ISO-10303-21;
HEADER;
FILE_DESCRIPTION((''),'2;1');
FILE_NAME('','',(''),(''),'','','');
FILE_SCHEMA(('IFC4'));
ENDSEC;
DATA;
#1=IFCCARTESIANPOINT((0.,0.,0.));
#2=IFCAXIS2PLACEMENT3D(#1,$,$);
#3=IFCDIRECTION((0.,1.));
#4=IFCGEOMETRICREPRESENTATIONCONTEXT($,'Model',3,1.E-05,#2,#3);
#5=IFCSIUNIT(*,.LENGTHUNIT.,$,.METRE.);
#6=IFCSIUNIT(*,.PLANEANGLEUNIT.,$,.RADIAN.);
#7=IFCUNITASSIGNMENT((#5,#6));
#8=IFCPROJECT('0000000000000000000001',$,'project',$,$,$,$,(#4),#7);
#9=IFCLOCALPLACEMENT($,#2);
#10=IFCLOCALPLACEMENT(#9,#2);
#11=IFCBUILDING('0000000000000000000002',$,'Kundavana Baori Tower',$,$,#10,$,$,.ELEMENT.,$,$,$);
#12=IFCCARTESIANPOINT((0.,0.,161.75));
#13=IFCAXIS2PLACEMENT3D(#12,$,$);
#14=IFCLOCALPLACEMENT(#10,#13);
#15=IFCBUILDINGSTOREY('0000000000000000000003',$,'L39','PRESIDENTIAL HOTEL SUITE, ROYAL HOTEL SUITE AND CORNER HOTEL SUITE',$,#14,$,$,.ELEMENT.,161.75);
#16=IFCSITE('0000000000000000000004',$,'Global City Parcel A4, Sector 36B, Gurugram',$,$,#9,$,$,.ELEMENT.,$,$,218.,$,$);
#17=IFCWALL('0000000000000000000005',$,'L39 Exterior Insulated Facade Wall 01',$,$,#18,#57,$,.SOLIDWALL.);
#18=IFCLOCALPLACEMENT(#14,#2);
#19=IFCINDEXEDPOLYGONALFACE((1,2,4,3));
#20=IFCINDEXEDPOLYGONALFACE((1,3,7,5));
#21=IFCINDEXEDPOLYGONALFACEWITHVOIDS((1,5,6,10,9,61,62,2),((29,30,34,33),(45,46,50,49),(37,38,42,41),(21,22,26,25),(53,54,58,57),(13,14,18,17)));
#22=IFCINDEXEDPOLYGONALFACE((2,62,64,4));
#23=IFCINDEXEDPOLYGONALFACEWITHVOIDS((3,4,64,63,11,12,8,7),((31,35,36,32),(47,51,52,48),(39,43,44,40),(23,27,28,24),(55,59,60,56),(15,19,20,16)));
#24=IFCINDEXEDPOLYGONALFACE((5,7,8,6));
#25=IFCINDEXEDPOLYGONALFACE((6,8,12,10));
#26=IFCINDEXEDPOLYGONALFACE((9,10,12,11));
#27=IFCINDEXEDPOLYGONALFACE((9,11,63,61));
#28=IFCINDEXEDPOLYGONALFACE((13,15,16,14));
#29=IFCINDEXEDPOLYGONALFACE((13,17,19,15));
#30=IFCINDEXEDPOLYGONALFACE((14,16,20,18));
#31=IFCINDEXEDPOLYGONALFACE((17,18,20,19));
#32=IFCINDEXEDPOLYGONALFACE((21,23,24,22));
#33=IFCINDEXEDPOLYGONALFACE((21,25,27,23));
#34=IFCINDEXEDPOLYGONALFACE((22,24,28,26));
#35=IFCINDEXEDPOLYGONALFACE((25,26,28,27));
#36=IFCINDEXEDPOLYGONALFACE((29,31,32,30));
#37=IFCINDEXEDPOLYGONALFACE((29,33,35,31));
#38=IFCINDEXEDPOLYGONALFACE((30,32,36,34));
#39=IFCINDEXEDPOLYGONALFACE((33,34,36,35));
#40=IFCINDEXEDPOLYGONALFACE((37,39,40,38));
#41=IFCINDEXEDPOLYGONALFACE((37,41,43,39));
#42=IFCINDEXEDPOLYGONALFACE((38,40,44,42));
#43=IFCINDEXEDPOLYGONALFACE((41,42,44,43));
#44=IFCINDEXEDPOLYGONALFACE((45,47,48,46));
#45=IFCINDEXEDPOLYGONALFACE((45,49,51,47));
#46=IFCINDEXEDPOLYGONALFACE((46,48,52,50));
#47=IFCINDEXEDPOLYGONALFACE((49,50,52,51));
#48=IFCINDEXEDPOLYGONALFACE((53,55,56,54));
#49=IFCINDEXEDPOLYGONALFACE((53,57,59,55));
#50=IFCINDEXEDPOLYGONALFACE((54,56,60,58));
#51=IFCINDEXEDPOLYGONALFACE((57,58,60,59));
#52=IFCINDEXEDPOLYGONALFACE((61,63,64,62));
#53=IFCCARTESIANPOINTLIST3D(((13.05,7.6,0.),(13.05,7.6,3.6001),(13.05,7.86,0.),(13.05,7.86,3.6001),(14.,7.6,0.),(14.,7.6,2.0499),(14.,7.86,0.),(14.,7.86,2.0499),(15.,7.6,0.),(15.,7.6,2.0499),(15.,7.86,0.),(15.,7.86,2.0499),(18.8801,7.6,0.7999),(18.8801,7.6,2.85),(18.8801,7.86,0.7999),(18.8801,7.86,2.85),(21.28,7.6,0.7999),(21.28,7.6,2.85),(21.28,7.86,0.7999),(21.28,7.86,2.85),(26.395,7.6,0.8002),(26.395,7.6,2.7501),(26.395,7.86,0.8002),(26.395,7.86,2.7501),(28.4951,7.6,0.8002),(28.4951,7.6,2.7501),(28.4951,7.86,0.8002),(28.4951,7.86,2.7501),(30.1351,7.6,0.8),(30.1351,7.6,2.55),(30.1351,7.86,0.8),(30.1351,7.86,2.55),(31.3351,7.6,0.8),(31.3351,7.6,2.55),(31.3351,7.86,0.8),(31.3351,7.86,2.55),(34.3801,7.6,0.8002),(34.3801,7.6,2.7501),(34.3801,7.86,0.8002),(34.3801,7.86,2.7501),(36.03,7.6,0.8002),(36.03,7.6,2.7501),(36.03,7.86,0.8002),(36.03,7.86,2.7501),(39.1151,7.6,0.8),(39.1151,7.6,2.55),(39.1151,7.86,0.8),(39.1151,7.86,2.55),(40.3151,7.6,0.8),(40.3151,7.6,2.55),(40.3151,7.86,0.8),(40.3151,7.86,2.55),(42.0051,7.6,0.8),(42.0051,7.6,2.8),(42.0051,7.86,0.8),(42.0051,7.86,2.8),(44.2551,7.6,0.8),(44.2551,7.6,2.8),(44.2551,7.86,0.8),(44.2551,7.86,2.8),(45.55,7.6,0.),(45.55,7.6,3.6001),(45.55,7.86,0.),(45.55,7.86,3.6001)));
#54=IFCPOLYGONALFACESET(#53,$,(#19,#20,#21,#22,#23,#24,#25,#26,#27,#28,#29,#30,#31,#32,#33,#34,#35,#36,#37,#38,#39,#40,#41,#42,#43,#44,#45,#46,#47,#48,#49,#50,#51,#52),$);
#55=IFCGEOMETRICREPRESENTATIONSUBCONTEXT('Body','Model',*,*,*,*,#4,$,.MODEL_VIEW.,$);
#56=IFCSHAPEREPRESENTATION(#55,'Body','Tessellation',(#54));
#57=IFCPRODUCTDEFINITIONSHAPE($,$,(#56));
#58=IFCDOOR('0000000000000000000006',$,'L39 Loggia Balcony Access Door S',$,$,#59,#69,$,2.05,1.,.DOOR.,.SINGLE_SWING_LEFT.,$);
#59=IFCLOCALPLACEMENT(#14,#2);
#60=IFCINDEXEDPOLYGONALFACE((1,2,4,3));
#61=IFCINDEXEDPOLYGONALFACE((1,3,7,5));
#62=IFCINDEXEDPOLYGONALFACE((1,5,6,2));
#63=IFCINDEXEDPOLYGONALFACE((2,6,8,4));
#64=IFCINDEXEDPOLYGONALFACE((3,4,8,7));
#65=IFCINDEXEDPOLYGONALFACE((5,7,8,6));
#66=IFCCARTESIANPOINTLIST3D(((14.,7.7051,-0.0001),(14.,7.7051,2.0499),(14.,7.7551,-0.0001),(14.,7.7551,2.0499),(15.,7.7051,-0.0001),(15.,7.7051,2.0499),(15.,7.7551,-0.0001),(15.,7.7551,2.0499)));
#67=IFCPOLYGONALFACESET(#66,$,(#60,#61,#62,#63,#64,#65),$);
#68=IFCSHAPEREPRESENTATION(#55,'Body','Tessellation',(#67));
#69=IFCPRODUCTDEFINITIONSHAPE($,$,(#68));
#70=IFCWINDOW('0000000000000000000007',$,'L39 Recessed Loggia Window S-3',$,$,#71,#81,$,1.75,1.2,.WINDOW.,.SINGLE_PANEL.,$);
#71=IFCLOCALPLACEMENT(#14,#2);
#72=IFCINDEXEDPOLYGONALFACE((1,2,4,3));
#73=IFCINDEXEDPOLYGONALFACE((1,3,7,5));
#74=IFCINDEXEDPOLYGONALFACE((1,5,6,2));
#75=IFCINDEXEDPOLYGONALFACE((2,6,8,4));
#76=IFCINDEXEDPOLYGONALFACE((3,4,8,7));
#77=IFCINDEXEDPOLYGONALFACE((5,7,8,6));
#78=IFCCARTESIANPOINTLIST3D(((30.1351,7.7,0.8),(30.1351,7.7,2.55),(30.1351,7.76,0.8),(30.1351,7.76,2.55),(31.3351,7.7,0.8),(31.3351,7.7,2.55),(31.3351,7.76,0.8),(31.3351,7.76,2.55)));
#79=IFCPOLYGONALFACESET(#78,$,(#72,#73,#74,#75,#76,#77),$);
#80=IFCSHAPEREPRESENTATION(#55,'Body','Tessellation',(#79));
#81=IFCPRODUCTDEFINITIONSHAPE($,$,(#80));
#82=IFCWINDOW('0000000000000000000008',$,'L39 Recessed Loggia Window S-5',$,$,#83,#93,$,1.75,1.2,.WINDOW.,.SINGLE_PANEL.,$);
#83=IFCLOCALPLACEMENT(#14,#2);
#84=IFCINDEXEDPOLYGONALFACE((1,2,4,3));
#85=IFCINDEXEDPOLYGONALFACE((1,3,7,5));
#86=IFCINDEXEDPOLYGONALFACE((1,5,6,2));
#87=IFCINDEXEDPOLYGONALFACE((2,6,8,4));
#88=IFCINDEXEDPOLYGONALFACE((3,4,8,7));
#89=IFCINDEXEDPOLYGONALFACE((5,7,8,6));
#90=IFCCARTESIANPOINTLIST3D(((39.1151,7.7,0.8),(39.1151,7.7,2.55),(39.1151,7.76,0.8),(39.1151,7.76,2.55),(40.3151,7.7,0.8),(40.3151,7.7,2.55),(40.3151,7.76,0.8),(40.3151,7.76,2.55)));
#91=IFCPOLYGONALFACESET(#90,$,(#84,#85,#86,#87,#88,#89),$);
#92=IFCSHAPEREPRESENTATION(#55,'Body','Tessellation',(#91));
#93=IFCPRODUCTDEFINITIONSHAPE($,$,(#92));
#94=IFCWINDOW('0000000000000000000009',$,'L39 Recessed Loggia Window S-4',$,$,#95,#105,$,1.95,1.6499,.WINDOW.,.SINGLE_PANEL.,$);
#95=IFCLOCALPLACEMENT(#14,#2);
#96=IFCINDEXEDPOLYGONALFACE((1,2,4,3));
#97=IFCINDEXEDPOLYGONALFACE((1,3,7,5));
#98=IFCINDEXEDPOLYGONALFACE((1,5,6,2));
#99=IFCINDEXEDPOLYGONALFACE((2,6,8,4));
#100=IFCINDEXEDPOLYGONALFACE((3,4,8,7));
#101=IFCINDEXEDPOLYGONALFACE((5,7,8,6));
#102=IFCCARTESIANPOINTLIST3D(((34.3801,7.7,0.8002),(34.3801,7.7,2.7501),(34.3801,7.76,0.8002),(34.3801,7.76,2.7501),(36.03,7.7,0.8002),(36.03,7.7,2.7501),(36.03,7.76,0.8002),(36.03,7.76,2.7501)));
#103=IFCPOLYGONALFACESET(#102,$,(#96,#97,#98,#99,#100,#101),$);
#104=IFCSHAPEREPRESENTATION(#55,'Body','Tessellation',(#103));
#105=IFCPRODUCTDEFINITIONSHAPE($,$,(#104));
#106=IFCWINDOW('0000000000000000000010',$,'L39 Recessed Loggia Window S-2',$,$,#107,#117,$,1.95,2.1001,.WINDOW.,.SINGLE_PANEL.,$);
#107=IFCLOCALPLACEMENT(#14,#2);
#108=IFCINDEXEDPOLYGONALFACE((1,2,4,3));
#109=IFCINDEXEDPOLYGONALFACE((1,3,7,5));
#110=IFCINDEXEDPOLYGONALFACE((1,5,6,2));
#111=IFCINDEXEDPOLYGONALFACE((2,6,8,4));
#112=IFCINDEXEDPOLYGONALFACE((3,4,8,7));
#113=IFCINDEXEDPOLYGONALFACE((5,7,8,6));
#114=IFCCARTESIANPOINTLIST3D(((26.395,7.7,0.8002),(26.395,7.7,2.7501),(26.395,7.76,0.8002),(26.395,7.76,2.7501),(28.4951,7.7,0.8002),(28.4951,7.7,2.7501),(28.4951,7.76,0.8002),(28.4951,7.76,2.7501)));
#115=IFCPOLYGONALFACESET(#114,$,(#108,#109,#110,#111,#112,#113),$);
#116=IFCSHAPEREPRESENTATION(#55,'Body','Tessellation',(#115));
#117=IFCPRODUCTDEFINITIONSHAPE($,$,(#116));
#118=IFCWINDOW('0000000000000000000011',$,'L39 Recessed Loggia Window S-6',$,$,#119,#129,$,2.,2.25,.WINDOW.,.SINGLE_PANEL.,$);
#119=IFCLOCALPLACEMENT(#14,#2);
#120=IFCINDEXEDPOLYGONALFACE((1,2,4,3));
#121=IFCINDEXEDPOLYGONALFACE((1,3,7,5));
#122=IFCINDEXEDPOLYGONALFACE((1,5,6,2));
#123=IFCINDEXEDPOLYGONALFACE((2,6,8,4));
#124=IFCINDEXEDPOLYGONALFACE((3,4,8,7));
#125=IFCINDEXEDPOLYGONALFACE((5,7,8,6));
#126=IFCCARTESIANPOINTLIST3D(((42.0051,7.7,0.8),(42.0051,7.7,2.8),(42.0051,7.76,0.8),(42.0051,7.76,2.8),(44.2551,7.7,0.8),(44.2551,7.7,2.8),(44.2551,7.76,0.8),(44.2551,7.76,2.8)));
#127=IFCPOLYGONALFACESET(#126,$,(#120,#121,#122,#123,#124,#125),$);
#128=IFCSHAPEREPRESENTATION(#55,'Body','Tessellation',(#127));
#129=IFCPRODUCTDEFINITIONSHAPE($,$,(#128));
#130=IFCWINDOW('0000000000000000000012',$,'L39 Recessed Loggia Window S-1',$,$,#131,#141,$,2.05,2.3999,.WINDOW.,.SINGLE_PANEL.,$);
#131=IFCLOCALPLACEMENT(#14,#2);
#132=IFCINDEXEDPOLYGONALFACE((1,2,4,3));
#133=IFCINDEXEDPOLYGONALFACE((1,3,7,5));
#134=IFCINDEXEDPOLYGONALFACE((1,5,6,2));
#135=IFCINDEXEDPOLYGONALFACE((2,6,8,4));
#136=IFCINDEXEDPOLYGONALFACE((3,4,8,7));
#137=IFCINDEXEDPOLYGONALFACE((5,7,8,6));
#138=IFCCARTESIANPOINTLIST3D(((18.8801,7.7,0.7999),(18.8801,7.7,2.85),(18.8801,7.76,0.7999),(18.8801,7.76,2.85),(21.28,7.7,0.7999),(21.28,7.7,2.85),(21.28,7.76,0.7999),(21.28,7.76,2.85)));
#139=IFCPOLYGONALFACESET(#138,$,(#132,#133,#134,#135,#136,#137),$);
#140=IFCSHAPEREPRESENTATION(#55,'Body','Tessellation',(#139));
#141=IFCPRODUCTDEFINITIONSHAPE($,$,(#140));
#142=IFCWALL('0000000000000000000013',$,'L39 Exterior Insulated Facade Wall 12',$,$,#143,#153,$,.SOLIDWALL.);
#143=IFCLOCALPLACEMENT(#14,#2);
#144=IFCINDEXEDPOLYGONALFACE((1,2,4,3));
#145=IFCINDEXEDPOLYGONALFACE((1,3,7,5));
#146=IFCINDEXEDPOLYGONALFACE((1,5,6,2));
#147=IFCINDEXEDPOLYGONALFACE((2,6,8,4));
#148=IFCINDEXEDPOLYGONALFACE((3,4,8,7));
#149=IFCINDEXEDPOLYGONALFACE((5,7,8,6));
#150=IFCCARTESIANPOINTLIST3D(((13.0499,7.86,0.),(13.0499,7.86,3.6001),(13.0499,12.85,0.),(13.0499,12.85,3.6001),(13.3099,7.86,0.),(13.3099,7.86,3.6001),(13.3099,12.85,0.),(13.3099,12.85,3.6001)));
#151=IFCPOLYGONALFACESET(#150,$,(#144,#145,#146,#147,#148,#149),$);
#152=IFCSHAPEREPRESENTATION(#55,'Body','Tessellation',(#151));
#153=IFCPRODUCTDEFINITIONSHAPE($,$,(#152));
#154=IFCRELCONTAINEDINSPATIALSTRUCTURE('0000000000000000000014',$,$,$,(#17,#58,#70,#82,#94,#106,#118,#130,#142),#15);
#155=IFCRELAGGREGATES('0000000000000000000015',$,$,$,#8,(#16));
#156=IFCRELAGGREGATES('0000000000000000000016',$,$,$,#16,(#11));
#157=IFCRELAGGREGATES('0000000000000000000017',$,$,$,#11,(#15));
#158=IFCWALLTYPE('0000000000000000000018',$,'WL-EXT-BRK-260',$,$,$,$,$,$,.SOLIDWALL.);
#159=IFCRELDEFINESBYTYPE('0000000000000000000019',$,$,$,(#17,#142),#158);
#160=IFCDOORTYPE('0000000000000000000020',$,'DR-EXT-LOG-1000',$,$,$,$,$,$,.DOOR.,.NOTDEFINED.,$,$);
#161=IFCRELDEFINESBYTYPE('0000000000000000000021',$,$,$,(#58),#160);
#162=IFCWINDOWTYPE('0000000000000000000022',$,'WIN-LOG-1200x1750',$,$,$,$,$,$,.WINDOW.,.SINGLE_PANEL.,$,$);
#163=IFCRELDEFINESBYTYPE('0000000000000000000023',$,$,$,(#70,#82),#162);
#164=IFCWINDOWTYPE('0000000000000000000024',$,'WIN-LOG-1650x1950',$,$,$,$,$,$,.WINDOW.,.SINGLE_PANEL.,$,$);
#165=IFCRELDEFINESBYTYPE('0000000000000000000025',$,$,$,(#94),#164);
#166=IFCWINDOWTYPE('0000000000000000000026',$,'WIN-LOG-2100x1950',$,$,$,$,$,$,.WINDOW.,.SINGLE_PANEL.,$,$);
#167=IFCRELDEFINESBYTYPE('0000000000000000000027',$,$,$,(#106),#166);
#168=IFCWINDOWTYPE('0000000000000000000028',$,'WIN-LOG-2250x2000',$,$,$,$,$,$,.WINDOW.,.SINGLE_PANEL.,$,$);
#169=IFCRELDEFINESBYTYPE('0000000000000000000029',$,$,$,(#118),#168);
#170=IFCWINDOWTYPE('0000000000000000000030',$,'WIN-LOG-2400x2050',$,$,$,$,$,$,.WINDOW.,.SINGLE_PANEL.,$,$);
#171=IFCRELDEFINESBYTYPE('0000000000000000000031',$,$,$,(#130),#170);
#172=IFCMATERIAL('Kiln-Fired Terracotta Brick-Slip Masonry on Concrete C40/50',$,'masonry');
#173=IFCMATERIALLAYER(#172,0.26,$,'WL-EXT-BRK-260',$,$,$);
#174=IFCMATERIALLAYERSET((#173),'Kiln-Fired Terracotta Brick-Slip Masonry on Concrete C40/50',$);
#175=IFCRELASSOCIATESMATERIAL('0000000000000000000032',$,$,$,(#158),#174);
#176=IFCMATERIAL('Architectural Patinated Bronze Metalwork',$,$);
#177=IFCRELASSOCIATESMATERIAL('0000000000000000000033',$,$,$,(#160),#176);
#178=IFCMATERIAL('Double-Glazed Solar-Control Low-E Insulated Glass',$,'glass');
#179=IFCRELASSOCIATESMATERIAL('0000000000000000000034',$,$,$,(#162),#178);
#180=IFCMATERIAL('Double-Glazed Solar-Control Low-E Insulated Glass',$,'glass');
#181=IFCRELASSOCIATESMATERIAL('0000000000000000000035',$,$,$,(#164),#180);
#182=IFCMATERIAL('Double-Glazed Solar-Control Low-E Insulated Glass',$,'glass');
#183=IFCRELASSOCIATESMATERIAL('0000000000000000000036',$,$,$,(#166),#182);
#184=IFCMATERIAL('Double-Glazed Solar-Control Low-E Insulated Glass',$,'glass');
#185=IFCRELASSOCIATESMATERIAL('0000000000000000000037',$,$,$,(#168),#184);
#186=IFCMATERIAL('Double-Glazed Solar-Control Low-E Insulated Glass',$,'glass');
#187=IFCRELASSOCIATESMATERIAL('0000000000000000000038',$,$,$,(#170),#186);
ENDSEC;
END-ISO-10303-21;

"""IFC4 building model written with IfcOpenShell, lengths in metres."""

from ifc_helpers import new_model, si_unit, direction, frame, frame_2d, origin, place, context, subcontext, project, spatial, rectangle, extrude, material, layer, layer_set, type_object, element, fill, save


model = new_model("IFC4")

# Units and contexts
model_context = context("Model", 3, precision=1e-05, world=origin(), true_north=direction((0.0, 1.0)))
body_context = subcontext(model_context, "Body", "Model", "MODEL_VIEW")
ifc_project = project(units=[si_unit("LENGTHUNIT", "METRE"), si_unit("PLANEANGLEUNIT", "RADIAN")], contexts=[model_context])

# Site, building, storey
site_placement = place(None, origin())
site = spatial("IfcSite", under=ifc_project, at=site_placement, Name="Global City Parcel A4, Sector 36B, Gurugram", CompositionType="ELEMENT", RefElevation=218.0)
building_placement = place(site_placement, origin())
building = spatial("IfcBuilding", under=site, at=building_placement, Name="Kundavana Baori Tower", CompositionType="ELEMENT")
storey_placement = place(building_placement, frame((0.0, 0.0, 161.75)))
storey = spatial("IfcBuildingStorey", under=building, at=storey_placement, Name="L39", Description="PRESIDENTIAL HOTEL SUITE, ROYAL HOTEL SUITE AND CORNER HOTEL SUITE", CompositionType="ELEMENT", Elevation=161.75)

# Wall, openings, door, windows
ifc_material_1 = material(Name="Kiln-Fired Terracotta Brick-Slip Masonry on Concrete C40/50", Category="masonry")
ifc_layer_1 = layer(ifc_material_1, 0.26, Name="WL-EXT-BRK-260")
ifc_layer_set_1 = layer_set([ifc_layer_1], Name="Kiln-Fired Terracotta Brick-Slip Masonry on Concrete C40/50")
wall_type_1 = type_object("IfcWallType", Name="WL-EXT-BRK-260", PredefinedType="SOLIDWALL", material=ifc_layer_set_1)
wall_1_placement = place(storey_placement, frame((13.05, 7.73, 0.0), z_axis=(0.0, 0.0, 1.0), x_axis=(1.0, 0.0, 0.0)))
wall_1 = element("IfcWall", 1, at=wall_1_placement, inside=storey, type_object=wall_type_1, Name="L39 Exterior Insulated Facade Wall 01", PredefinedType="SOLIDWALL", context=body_context, shape_type="SweptSolid", body=[
    extrude(rectangle(XDim=32.5, YDim=0.26, at=frame_2d((16.25, 0.0))), origin(), (0.0, 0.0, 1.0), 3.6001),
])
opening_1_placement = place(wall_1_placement, frame((0.95, 0.0, 0.0)))
opening_1 = element("IfcOpeningElement", 2, at=opening_1_placement, cuts=wall_1, PredefinedType="OPENING", context=body_context, shape_type="SweptSolid", body=[
    extrude(rectangle(XDim=1.0, YDim=2.05, at=frame_2d((0.5, 1.0249))), frame((0.0, 0.1401, 0.0), z_axis=(0.0, -1.0, 0.0), x_axis=(1.0, 0.0, 0.0)), (0.0, 0.0, 1.0), 0.28),
])
opening_2_placement = place(wall_1_placement, frame((5.8301, 0.0, 0.8)))
opening_2 = element("IfcOpeningElement", 3, at=opening_2_placement, cuts=wall_1, PredefinedType="OPENING", context=body_context, shape_type="SweptSolid", body=[
    extrude(rectangle(XDim=2.3999, YDim=2.05, at=frame_2d((1.2, 1.0249))), frame((0.0, 0.1401, 0.0), z_axis=(0.0, -1.0, 0.0), x_axis=(1.0, 0.0, 0.0)), (0.0, 0.0, 1.0), 0.28),
])
opening_3_placement = place(wall_1_placement, frame((13.345, 0.0, 0.8)))
opening_3 = element("IfcOpeningElement", 4, at=opening_3_placement, cuts=wall_1, PredefinedType="OPENING", context=body_context, shape_type="SweptSolid", body=[
    extrude(rectangle(XDim=2.1001, YDim=1.95, at=frame_2d((1.05, 0.9751))), frame((0.0, 0.1401, 0.0), z_axis=(0.0, -1.0, 0.0), x_axis=(1.0, 0.0, 0.0)), (0.0, 0.0, 1.0), 0.28),
])
opening_4_placement = place(wall_1_placement, frame((17.085, 0.0, 0.8)))
opening_4 = element("IfcOpeningElement", 5, at=opening_4_placement, cuts=wall_1, PredefinedType="OPENING", context=body_context, shape_type="SweptSolid", body=[
    extrude(rectangle(XDim=1.2, YDim=1.75, at=frame_2d((0.6001, 0.875))), frame((0.0, 0.1401, 0.0), z_axis=(0.0, -1.0, 0.0), x_axis=(1.0, 0.0, 0.0)), (0.0, 0.0, 1.0), 0.28),
])
opening_5_placement = place(wall_1_placement, frame((21.3301, 0.0, 0.8)))
opening_5 = element("IfcOpeningElement", 6, at=opening_5_placement, cuts=wall_1, PredefinedType="OPENING", context=body_context, shape_type="SweptSolid", body=[
    extrude(rectangle(XDim=1.6499, YDim=1.95, at=frame_2d((0.825, 0.9751))), frame((0.0, 0.1401, 0.0), z_axis=(0.0, -1.0, 0.0), x_axis=(1.0, 0.0, 0.0)), (0.0, 0.0, 1.0), 0.28),
])
opening_6_placement = place(wall_1_placement, frame((26.0649, 0.0, 0.8)))
opening_6 = element("IfcOpeningElement", 7, at=opening_6_placement, cuts=wall_1, PredefinedType="OPENING", context=body_context, shape_type="SweptSolid", body=[
    extrude(rectangle(XDim=1.2, YDim=1.75, at=frame_2d((0.6001, 0.875))), frame((0.0, 0.1401, 0.0), z_axis=(0.0, -1.0, 0.0), x_axis=(1.0, 0.0, 0.0)), (0.0, 0.0, 1.0), 0.28),
])
opening_7_placement = place(wall_1_placement, frame((28.9551, 0.0, 0.8)))
opening_7 = element("IfcOpeningElement", 8, at=opening_7_placement, cuts=wall_1, PredefinedType="OPENING", context=body_context, shape_type="SweptSolid", body=[
    extrude(rectangle(XDim=2.25, YDim=2.0, at=frame_2d((1.125, 1.0))), frame((0.0, 0.1401, 0.0), z_axis=(0.0, -1.0, 0.0), x_axis=(1.0, 0.0, 0.0)), (0.0, 0.0, 1.0), 0.28),
])
ifc_material_2 = material(Name="Architectural Patinated Bronze Metalwork")
door_type_1 = type_object("IfcDoorType", Name="DR-EXT-LOG-1000", OperationType="NOTDEFINED", PredefinedType="DOOR", material=ifc_material_2)
door_1_placement = place(opening_1_placement, frame((1.0, 0.0, 0.0), z_axis=(0.0, 0.0, 1.0), x_axis=(-1.0, 0.0, 0.0)))
door_1 = element("IfcDoor", 9, at=door_1_placement, inside=storey, type_object=door_type_1, Name="L39 Loggia Balcony Access Door S", OperationType="SINGLE_SWING_LEFT", OverallHeight=2.05, OverallWidth=1.0, PredefinedType="DOOR", context=body_context, shape_type="SweptSolid", body=[
    extrude(rectangle(XDim=1.0, YDim=2.05, at=frame_2d((0.5, 1.0249))), frame((0.0, 0.0249, 0.0), z_axis=(0.0, -1.0, 0.0), x_axis=(1.0, 0.0, 0.0)), (0.0, 0.0, 1.0), 0.05),
])
fill(opening_1, door_1)
ifc_material_3 = material(Name="Double-Glazed Solar-Control Low-E Insulated Glass", Category="glass")
window_type_1 = type_object("IfcWindowType", Name="WIN-LOG-1200x1750", PartitioningType="SINGLE_PANEL", PredefinedType="WINDOW", material=ifc_material_3)
window_1_placement = place(opening_4_placement, origin())
window_1 = element("IfcWindow", 10, at=window_1_placement, inside=storey, type_object=window_type_1, Name="L39 Recessed Loggia Window S-3", OverallHeight=1.75, OverallWidth=1.2, PartitioningType="SINGLE_PANEL", PredefinedType="WINDOW", context=body_context, shape_type="SweptSolid", body=[
    extrude(rectangle(XDim=1.2, YDim=1.75, at=frame_2d((0.6001, 0.875))), frame((0.0, 0.03, 0.0), z_axis=(0.0, -1.0, 0.0), x_axis=(1.0, 0.0, 0.0)), (0.0, 0.0, 1.0), 0.0601),
])
fill(opening_4, window_1)
window_2_placement = place(opening_6_placement, origin())
window_2 = element("IfcWindow", 11, at=window_2_placement, inside=storey, type_object=window_type_1, Name="L39 Recessed Loggia Window S-5", OverallHeight=1.75, OverallWidth=1.2, PartitioningType="SINGLE_PANEL", PredefinedType="WINDOW", context=body_context, shape_type="SweptSolid", body=[
    extrude(rectangle(XDim=1.2, YDim=1.75, at=frame_2d((0.6001, 0.875))), frame((0.0, 0.03, 0.0), z_axis=(0.0, -1.0, 0.0), x_axis=(1.0, 0.0, 0.0)), (0.0, 0.0, 1.0), 0.0601),
])
fill(opening_6, window_2)
ifc_material_4 = material(Name="Double-Glazed Solar-Control Low-E Insulated Glass", Category="glass")
window_type_2 = type_object("IfcWindowType", Name="WIN-LOG-1650x1950", PartitioningType="SINGLE_PANEL", PredefinedType="WINDOW", material=ifc_material_4)
window_3_placement = place(opening_5_placement, origin())
window_3 = element("IfcWindow", 12, at=window_3_placement, inside=storey, type_object=window_type_2, Name="L39 Recessed Loggia Window S-4", OverallHeight=1.95, OverallWidth=1.6499, PartitioningType="SINGLE_PANEL", PredefinedType="WINDOW", context=body_context, shape_type="SweptSolid", body=[
    extrude(rectangle(XDim=1.6499, YDim=1.95, at=frame_2d((0.825, 0.9751))), frame((0.0, 0.03, 0.0), z_axis=(0.0, -1.0, 0.0), x_axis=(1.0, 0.0, 0.0)), (0.0, 0.0, 1.0), 0.0601),
])
fill(opening_5, window_3)
ifc_material_5 = material(Name="Double-Glazed Solar-Control Low-E Insulated Glass", Category="glass")
window_type_3 = type_object("IfcWindowType", Name="WIN-LOG-2100x1950", PartitioningType="SINGLE_PANEL", PredefinedType="WINDOW", material=ifc_material_5)
window_4_placement = place(opening_3_placement, origin())
window_4 = element("IfcWindow", 13, at=window_4_placement, inside=storey, type_object=window_type_3, Name="L39 Recessed Loggia Window S-2", OverallHeight=1.95, OverallWidth=2.1001, PartitioningType="SINGLE_PANEL", PredefinedType="WINDOW", context=body_context, shape_type="SweptSolid", body=[
    extrude(rectangle(XDim=2.1001, YDim=1.95, at=frame_2d((1.05, 0.9751))), frame((0.0, 0.03, 0.0), z_axis=(0.0, -1.0, 0.0), x_axis=(1.0, 0.0, 0.0)), (0.0, 0.0, 1.0), 0.0601),
])
fill(opening_3, window_4)
ifc_material_6 = material(Name="Double-Glazed Solar-Control Low-E Insulated Glass", Category="glass")
window_type_4 = type_object("IfcWindowType", Name="WIN-LOG-2250x2000", PartitioningType="SINGLE_PANEL", PredefinedType="WINDOW", material=ifc_material_6)
window_5_placement = place(opening_7_placement, origin())
window_5 = element("IfcWindow", 14, at=window_5_placement, inside=storey, type_object=window_type_4, Name="L39 Recessed Loggia Window S-6", OverallHeight=2.0, OverallWidth=2.25, PartitioningType="SINGLE_PANEL", PredefinedType="WINDOW", context=body_context, shape_type="SweptSolid", body=[
    extrude(rectangle(XDim=2.25, YDim=2.0, at=frame_2d((1.125, 1.0))), frame((0.0, 0.03, 0.0), z_axis=(0.0, -1.0, 0.0), x_axis=(1.0, 0.0, 0.0)), (0.0, 0.0, 1.0), 0.0601),
])
fill(opening_7, window_5)
ifc_material_7 = material(Name="Double-Glazed Solar-Control Low-E Insulated Glass", Category="glass")
window_type_5 = type_object("IfcWindowType", Name="WIN-LOG-2400x2050", PartitioningType="SINGLE_PANEL", PredefinedType="WINDOW", material=ifc_material_7)
window_6_placement = place(opening_2_placement, origin())
window_6 = element("IfcWindow", 15, at=window_6_placement, inside=storey, type_object=window_type_5, Name="L39 Recessed Loggia Window S-1", OverallHeight=2.05, OverallWidth=2.3999, PartitioningType="SINGLE_PANEL", PredefinedType="WINDOW", context=body_context, shape_type="SweptSolid", body=[
    extrude(rectangle(XDim=2.3999, YDim=2.05, at=frame_2d((1.2, 1.0249))), frame((0.0, 0.03, 0.0), z_axis=(0.0, -1.0, 0.0), x_axis=(1.0, 0.0, 0.0)), (0.0, 0.0, 1.0), 0.0601),
])
fill(opening_2, window_6)

# Wall
wall_2_placement = place(storey_placement, frame((13.1799, 12.8501, 0.0), z_axis=(0.0, 0.0, 1.0), x_axis=(0.0, -1.0, 0.0)))
element("IfcWall", 16, at=wall_2_placement, inside=storey, type_object=wall_type_1, Name="L39 Exterior Insulated Facade Wall 12", PredefinedType="SOLIDWALL", context=body_context, shape_type="SweptSolid", body=[
    extrude(rectangle(XDim=4.99, YDim=0.26, at=frame_2d((2.4951, 0.0))), origin(), (0.0, 0.0, 1.0), 3.6001),
])

save(model, "model.ifc")
